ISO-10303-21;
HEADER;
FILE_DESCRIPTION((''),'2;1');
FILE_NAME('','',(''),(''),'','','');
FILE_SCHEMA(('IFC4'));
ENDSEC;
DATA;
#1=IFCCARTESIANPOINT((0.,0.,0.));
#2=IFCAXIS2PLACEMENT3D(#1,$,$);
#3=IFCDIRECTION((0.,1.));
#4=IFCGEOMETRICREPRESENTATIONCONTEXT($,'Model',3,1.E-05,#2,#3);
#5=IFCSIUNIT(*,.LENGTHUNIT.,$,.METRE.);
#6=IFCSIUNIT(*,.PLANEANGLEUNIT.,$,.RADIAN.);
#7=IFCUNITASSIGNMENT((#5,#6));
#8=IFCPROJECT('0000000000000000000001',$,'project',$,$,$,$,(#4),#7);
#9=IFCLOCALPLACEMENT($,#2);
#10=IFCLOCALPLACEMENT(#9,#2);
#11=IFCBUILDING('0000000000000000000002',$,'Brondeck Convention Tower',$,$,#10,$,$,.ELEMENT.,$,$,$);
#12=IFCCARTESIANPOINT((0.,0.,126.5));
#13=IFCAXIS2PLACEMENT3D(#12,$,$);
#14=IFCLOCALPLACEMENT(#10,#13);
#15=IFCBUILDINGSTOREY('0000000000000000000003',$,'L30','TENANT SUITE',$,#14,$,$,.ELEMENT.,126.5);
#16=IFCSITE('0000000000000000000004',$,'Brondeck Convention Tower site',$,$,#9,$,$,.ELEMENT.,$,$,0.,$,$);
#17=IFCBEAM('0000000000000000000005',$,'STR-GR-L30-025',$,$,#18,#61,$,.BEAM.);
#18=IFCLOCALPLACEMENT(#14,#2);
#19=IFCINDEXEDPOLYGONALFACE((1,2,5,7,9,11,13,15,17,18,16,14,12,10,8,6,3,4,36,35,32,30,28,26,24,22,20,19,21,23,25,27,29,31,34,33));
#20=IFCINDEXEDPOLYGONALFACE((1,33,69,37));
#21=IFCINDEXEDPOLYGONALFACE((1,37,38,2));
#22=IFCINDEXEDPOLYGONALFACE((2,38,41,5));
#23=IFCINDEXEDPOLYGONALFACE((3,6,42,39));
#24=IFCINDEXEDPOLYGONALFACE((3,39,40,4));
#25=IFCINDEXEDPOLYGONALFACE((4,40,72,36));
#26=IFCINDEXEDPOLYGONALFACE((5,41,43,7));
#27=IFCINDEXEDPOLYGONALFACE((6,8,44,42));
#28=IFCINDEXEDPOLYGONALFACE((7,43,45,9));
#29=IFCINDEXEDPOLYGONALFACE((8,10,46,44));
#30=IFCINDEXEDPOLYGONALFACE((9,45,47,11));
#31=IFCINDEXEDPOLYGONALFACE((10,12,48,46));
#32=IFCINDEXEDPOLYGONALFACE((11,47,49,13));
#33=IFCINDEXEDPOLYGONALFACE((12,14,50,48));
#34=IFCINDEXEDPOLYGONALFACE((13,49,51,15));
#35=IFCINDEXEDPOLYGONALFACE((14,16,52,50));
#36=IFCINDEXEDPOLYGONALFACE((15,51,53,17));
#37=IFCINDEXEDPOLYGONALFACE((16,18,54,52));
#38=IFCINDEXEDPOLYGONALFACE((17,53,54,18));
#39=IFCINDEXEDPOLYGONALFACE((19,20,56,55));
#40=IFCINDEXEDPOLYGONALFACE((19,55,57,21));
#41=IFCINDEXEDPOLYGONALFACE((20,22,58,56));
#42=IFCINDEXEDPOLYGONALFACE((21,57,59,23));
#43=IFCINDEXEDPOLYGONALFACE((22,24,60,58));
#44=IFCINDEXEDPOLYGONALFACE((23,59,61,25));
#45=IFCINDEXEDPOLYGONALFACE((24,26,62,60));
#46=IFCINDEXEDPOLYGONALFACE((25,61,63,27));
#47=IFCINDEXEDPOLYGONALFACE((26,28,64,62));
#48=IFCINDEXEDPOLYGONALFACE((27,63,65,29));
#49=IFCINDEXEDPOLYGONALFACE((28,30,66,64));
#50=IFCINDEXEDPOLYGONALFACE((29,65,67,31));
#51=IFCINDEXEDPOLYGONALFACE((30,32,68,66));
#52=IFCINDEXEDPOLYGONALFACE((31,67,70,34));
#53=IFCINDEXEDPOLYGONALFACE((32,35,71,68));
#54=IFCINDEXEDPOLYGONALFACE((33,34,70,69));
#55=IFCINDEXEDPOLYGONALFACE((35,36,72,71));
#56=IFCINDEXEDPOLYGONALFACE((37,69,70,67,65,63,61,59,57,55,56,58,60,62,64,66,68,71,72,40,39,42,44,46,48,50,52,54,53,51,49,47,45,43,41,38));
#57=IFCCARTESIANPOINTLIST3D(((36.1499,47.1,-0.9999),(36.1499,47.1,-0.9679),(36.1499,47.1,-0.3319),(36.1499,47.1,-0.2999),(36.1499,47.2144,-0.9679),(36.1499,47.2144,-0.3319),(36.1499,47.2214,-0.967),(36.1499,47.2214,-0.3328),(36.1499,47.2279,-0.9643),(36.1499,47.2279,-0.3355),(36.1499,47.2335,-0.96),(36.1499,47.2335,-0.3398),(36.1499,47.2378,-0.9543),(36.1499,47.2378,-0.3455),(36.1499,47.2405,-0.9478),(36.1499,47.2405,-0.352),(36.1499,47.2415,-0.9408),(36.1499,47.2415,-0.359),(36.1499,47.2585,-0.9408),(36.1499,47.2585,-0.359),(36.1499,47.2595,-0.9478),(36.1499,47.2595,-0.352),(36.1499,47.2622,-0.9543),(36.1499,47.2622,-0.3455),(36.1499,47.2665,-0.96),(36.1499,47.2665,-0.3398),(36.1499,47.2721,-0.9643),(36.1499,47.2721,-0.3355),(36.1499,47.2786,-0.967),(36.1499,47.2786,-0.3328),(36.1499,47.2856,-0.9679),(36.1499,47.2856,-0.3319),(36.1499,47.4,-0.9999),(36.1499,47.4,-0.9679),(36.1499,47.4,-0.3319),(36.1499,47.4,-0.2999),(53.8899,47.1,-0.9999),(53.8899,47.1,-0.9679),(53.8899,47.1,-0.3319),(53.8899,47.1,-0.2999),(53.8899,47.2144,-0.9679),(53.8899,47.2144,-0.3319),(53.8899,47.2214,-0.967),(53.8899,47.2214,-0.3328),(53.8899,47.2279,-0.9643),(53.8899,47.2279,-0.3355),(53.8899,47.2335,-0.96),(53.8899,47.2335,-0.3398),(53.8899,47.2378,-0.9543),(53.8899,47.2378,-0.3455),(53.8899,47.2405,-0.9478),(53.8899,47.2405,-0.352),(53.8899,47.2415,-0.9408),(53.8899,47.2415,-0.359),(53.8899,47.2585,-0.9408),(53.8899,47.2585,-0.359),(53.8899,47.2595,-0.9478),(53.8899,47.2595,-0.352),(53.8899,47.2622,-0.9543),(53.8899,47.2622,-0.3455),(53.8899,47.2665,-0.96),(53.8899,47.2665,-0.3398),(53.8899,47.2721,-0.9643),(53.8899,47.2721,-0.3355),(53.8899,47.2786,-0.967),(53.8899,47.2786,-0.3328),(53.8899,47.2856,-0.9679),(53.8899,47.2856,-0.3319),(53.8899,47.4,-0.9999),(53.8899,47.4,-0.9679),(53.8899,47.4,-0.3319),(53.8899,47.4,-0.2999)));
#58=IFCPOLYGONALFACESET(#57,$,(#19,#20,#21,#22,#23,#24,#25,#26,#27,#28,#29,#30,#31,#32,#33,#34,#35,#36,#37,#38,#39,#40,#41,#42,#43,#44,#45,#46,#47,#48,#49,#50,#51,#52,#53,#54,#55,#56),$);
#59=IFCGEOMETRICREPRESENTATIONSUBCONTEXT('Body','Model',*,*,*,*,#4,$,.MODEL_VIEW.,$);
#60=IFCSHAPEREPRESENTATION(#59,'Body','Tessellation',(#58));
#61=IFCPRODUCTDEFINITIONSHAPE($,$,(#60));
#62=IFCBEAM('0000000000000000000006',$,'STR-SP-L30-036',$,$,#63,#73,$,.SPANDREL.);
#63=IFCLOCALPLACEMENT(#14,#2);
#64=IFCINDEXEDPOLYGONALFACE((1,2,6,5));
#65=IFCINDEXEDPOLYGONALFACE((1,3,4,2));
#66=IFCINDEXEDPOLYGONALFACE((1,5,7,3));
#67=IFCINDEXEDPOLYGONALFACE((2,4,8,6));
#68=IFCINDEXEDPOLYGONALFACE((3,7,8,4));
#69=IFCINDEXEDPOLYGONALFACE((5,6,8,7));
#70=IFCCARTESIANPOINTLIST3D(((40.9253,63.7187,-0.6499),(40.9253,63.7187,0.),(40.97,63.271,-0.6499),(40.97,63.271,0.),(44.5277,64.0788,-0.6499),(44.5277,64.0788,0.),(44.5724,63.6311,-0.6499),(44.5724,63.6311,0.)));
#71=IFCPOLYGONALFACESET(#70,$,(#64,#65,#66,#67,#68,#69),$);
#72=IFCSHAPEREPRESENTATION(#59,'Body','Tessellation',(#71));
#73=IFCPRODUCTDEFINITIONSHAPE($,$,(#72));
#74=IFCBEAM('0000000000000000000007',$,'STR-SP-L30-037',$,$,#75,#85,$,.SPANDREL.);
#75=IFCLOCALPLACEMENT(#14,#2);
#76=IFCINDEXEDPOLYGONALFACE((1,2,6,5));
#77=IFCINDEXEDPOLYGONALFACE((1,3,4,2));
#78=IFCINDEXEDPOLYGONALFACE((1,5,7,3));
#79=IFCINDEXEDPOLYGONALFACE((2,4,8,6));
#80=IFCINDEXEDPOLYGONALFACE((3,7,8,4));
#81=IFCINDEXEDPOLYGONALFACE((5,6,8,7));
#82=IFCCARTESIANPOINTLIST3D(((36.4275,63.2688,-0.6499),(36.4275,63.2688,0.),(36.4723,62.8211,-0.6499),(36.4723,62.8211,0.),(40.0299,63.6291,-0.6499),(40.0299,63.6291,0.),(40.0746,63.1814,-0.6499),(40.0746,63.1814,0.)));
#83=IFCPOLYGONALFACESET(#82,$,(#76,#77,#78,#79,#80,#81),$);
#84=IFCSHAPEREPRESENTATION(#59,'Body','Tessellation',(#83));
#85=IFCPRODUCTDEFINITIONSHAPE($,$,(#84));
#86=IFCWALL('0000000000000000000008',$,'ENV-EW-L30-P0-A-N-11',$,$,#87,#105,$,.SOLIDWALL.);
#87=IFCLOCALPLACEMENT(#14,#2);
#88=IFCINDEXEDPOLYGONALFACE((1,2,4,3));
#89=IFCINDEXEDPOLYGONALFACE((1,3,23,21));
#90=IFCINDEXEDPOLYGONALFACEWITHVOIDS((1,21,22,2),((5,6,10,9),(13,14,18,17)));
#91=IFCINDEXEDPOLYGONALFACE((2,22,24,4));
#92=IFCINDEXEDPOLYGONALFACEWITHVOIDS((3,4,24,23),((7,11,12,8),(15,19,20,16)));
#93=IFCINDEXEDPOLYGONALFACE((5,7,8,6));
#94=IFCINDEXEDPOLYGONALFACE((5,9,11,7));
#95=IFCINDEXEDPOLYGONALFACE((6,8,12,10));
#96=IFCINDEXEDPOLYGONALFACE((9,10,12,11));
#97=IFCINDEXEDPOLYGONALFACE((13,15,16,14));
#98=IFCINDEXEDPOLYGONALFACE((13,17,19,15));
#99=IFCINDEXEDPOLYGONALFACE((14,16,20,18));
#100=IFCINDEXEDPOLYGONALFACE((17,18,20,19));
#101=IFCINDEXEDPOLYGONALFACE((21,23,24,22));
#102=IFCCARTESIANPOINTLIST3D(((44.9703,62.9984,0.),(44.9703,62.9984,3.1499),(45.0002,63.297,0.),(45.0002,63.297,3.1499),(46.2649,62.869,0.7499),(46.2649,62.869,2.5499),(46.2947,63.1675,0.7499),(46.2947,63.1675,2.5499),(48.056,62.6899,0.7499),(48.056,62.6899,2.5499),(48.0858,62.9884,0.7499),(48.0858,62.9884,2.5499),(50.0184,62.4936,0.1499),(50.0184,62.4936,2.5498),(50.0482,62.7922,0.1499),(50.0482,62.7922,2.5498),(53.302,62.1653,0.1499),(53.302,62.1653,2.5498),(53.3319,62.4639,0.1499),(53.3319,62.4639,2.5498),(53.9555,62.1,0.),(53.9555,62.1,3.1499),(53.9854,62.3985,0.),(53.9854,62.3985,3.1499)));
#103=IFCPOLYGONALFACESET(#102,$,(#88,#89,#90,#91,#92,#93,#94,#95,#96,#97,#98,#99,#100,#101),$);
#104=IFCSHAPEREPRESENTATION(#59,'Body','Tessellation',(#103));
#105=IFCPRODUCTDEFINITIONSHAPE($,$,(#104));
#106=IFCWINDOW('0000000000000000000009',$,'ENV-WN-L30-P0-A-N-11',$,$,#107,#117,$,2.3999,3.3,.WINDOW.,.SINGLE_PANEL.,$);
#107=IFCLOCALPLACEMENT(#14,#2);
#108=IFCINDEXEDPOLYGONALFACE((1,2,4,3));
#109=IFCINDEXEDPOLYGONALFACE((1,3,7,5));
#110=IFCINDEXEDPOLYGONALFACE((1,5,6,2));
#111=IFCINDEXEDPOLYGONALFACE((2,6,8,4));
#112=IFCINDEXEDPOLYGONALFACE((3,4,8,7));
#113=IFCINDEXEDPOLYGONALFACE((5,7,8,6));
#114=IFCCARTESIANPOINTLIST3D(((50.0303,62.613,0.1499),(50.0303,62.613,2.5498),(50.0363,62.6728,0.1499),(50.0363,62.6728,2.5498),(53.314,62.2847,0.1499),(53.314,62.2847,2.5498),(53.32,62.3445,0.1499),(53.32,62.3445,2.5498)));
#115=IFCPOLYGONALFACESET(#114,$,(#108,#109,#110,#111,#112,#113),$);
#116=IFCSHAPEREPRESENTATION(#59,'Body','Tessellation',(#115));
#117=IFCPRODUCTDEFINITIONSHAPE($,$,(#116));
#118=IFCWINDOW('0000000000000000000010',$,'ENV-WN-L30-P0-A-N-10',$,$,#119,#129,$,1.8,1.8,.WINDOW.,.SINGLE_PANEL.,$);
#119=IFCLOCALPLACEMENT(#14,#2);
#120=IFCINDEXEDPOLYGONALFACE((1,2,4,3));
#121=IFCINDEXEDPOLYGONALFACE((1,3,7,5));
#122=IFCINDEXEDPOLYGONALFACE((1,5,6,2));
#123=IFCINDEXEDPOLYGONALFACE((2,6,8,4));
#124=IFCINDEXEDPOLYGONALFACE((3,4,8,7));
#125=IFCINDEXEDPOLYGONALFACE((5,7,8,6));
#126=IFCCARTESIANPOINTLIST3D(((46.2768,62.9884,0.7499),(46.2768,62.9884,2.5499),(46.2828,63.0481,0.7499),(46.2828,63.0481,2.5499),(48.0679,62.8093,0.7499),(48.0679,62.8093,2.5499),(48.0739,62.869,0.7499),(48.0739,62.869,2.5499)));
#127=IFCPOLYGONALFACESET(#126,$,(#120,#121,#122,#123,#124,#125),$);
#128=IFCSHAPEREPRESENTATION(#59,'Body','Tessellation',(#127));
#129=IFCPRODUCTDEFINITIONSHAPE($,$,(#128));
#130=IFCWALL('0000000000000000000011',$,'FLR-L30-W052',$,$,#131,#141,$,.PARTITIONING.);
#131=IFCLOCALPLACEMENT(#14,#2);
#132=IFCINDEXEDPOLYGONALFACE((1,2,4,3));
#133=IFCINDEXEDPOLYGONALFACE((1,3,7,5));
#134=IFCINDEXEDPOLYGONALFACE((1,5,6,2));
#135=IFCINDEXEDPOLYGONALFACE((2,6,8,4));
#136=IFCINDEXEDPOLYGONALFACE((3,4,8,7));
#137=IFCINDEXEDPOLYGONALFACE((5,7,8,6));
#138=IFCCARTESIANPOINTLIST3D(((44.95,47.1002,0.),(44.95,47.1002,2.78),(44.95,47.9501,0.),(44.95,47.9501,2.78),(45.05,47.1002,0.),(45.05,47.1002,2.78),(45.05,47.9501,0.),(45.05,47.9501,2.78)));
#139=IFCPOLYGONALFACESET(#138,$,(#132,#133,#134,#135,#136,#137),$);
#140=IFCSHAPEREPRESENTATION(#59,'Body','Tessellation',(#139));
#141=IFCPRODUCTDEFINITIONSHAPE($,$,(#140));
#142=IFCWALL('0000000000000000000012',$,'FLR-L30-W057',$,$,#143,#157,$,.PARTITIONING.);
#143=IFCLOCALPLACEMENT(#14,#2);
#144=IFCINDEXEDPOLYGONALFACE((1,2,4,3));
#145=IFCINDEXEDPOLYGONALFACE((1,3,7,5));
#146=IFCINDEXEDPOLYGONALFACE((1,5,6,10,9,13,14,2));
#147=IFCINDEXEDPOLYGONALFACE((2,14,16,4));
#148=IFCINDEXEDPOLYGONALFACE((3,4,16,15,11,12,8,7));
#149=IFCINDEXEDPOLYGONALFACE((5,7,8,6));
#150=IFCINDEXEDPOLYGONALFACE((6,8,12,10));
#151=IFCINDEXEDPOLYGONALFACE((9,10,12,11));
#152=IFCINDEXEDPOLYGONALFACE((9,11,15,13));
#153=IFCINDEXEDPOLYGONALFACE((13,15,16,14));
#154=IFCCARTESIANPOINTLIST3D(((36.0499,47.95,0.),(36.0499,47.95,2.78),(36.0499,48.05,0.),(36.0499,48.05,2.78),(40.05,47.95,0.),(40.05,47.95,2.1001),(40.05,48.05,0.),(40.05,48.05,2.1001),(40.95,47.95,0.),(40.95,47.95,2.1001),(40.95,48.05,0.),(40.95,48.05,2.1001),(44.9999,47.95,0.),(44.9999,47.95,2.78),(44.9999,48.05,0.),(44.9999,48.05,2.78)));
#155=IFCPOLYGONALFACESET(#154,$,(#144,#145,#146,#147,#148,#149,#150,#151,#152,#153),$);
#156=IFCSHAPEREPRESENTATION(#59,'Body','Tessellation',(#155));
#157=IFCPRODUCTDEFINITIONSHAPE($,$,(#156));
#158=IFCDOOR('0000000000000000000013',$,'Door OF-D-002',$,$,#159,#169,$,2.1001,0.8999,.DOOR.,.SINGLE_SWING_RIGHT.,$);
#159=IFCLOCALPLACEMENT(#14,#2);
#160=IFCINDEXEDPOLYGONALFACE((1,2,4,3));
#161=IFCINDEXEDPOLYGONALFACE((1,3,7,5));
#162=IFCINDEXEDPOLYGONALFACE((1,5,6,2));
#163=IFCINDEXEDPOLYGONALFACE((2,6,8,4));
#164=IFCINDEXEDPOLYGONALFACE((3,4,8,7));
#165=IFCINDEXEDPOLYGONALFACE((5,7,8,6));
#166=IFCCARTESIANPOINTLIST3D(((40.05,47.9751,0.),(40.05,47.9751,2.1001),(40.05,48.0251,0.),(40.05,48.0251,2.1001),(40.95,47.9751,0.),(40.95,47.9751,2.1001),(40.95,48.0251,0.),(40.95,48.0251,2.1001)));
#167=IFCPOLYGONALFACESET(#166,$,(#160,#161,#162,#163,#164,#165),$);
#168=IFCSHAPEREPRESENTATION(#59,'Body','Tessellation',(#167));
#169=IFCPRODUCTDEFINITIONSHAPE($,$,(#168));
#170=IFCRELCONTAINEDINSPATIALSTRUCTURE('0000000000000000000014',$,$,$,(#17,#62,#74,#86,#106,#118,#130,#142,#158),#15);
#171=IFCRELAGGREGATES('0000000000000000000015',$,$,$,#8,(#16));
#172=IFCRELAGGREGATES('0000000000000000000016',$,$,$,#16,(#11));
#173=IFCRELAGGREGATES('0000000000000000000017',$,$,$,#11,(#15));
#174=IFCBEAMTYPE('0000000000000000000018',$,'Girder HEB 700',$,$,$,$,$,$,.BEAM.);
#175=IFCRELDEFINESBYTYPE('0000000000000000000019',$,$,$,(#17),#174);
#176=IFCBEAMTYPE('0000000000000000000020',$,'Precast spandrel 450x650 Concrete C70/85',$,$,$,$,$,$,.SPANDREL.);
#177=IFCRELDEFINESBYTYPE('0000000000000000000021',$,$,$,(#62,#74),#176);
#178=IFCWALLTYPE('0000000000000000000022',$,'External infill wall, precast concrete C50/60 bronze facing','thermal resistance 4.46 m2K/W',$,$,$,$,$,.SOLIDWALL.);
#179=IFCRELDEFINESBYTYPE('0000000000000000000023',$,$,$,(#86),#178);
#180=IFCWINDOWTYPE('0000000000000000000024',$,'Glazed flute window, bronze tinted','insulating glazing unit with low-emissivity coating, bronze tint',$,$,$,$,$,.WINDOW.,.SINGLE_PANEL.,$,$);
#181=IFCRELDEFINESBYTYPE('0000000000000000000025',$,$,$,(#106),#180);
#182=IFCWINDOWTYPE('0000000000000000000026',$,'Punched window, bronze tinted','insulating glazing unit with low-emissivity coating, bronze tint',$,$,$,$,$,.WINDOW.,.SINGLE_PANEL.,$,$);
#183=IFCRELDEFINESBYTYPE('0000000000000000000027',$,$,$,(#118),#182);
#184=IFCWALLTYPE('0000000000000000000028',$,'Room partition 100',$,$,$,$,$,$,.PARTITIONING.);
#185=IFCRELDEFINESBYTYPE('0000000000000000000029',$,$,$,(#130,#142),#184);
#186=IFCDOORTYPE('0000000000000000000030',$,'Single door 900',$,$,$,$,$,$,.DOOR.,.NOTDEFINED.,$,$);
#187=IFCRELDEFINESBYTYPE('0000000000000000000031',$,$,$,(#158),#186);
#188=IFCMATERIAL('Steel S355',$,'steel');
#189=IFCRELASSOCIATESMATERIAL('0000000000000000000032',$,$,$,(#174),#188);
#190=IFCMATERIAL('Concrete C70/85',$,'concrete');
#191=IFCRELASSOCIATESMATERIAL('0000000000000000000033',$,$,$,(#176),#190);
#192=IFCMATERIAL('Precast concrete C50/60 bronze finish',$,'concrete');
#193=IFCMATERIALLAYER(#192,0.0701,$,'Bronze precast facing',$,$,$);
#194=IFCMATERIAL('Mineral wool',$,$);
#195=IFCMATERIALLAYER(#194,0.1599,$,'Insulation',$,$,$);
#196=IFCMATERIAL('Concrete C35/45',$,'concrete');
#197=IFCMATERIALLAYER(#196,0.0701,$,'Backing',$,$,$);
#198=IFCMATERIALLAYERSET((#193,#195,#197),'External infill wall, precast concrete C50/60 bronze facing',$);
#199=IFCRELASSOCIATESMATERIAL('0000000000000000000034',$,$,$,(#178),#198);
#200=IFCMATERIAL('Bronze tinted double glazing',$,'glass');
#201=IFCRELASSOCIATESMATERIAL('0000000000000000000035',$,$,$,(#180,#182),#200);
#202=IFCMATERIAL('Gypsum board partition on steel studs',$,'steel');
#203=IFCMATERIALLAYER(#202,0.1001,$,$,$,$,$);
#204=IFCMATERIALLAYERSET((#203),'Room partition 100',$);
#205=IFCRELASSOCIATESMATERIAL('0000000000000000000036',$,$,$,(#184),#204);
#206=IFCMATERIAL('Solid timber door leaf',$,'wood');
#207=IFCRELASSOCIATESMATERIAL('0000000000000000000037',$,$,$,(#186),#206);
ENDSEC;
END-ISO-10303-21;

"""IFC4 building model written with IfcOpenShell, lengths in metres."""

from ifc_helpers import new_model, si_unit, direction, frame, frame_2d, origin, origin_2d, place, context, subcontext, project, spatial, rectangle, i_section, extrude, material, layer, layer_set, material_profile, profile_set, type_object, element, fill, save


model = new_model("IFC4")

# Units and contexts
model_context = context("Model", 3, precision=1e-05, world=origin(), true_north=direction((0.0, 1.0)))
body_context = subcontext(model_context, "Body", "Model", "MODEL_VIEW")
ifc_project = project(units=[si_unit("LENGTHUNIT", "METRE"), si_unit("PLANEANGLEUNIT", "RADIAN")], contexts=[model_context])

# Site, building, storey
site_placement = place(None, origin())
site = spatial("IfcSite", under=ifc_project, at=site_placement, Name="Brondeck Convention Tower site", CompositionType="ELEMENT", RefElevation=0.0)
building_placement = place(site_placement, origin())
building = spatial("IfcBuilding", under=site, at=building_placement, Name="Brondeck Convention Tower", CompositionType="ELEMENT")
storey_placement = place(building_placement, frame((0.0, 0.0, 126.5)))
storey = spatial("IfcBuildingStorey", under=building, at=storey_placement, Name="L30", Description="TENANT SUITE", CompositionType="ELEMENT", Elevation=126.5)

# Shared definitions
ifc_material_1 = material(Name="Concrete C70/85", Category="concrete")

# Beams
ifc_material_2 = material(Name="Steel S355", Category="steel")
ifc_material_profile_1 = material_profile(ifc_material_2, i_section(OverallWidth=0.3, OverallDepth=0.7, WebThickness=0.0171, FlangeThickness=0.032, FilletRadius=0.0271, at=origin_2d()), Name="HEB 700")
ifc_profile_set_1 = profile_set([ifc_material_profile_1], Name="Steel S355")
beam_type_1 = type_object("IfcBeamType", Name="Girder HEB 700", PredefinedType="BEAM", material=ifc_profile_set_1)
beam_1_placement = place(storey_placement, frame((36.1499, 47.25, -0.6499), z_axis=(1.0, 0.0, 0.0), x_axis=(0.0, 1.0, 0.0)))
element("IfcBeam", 1, at=beam_1_placement, inside=storey, type_object=beam_type_1, Name="STR-GR-L30-025", PredefinedType="BEAM", context=body_context, shape_type="SweptSolid", body=[
    extrude(i_section(OverallWidth=0.3, OverallDepth=0.7, WebThickness=0.0171, FlangeThickness=0.032, FilletRadius=0.0271, at=origin_2d()), origin(), (0.0, 0.0, 1.0), 17.74),
])
ifc_material_profile_2 = material_profile(ifc_material_1, rectangle(XDim=0.45, YDim=0.6499, at=origin_2d()), Name="Precast spandrel 450x650 Concrete C70/85")
ifc_profile_set_2 = profile_set([ifc_material_profile_2], Name="Concrete C70/85")
beam_type_2 = type_object("IfcBeamType", Name="Precast spandrel 450x650 Concrete C70/85", PredefinedType="SPANDREL", material=ifc_profile_set_2)
for number, where, z_axis, x_axis, name in (
    (2, (44.55, 63.855, -0.325), (-0.995041, -0.09947, 0.0), (0.09947, -0.995041, 0.0), "STR-SP-L30-036"),
    (3, (40.0522, 63.4053, -0.325), (-0.995034, -0.099537, 0.0), (0.099537, -0.995034, 0.0), "STR-SP-L30-037"),
):
    element("IfcBeam", number, at=place(storey_placement, frame(where, z_axis=z_axis, x_axis=x_axis)), inside=storey, type_object=beam_type_2, Name=name, PredefinedType="SPANDREL", context=body_context, shape_type="SweptSolid", body=[
        extrude(rectangle(XDim=0.45, YDim=0.6499, at=origin_2d()), origin(), (0.0, 0.0, 1.0), 3.6204),
    ])

# Wall, openings, windows
ifc_material_3 = material(Name="Precast concrete C50/60 bronze finish", Category="concrete")
ifc_layer_1 = layer(ifc_material_3, 0.0701, Name="Bronze precast facing")
ifc_material_4 = material(Name="Mineral wool")
ifc_layer_2 = layer(ifc_material_4, 0.1599, Name="Insulation")
ifc_material_5 = material(Name="Concrete C35/45", Category="concrete")
ifc_layer_3 = layer(ifc_material_5, 0.0701, Name="Backing")
ifc_layer_set_1 = layer_set([ifc_layer_1, ifc_layer_2, ifc_layer_3], Name="External infill wall, precast concrete C50/60 bronze facing")
wall_type_1 = type_object("IfcWallType", Name="External infill wall, precast concrete C50/60 bronze facing", Description="thermal resistance 4.46 m2K/W", PredefinedType="SOLIDWALL", material=ifc_layer_set_1)
wall_1_placement = place(storey_placement, frame((44.9851, 63.1477, 0.0), z_axis=(0.0, 0.0, 1.0), x_axis=(0.995038, -0.099496, 0.0)))
wall_1 = element("IfcWall", 4, at=wall_1_placement, inside=storey, type_object=wall_type_1, Name="ENV-EW-L30-P0-A-N-11", PredefinedType="SOLIDWALL", context=body_context, shape_type="SweptSolid", body=[
    extrude(rectangle(XDim=9.03, YDim=0.3, at=frame_2d((4.5151, 0.0))), origin(), (0.0, 0.0, 1.0), 3.1499),
])
opening_1_placement = place(wall_1_placement, frame((1.3013, 0.0, 0.75)))
opening_1 = element("IfcOpeningElement", 5, at=opening_1_placement, cuts=wall_1, PredefinedType="OPENING", context=body_context, shape_type="SweptSolid", body=[
    extrude(rectangle(XDim=1.8, YDim=1.8, at=frame_2d((0.8999, 0.8999))), frame((0.0, 0.1599, 0.0), z_axis=(0.0, -1.0, 0.0), x_axis=(1.0, 0.0, 0.0)), (0.0, 0.0, 1.0), 0.3201),
])
opening_2_placement = place(wall_1_placement, frame((5.0735, 0.0, 0.1499)))
opening_2 = element("IfcOpeningElement", 6, at=opening_2_placement, cuts=wall_1, PredefinedType="OPENING", context=body_context, shape_type="SweptSolid", body=[
    extrude(rectangle(XDim=3.3, YDim=2.3999, at=frame_2d((1.6499, 1.2))), frame((0.0, 0.1599, 0.0), z_axis=(0.0, -1.0, 0.0), x_axis=(1.0, 0.0, 0.0)), (0.0, 0.0, 1.0), 0.3201),
])
ifc_material_6 = material(Name="Bronze tinted double glazing", Category="glass")
window_type_1 = type_object("IfcWindowType", Name="Glazed flute window, bronze tinted", Description="insulating glazing unit with low-emissivity coating, bronze tint", PartitioningType="SINGLE_PANEL", PredefinedType="WINDOW", material=ifc_material_6)
window_1_placement = place(opening_2_placement, origin())
window_1 = element("IfcWindow", 7, at=window_1_placement, inside=storey, type_object=window_type_1, Name="ENV-WN-L30-P0-A-N-11", OverallHeight=2.3999, OverallWidth=3.3, PartitioningType="SINGLE_PANEL", PredefinedType="WINDOW", context=body_context, shape_type="SweptSolid", body=[
    extrude(rectangle(XDim=3.3, YDim=2.3999, at=frame_2d((1.6499, 1.2))), frame((0.0, 0.03, 0.0), z_axis=(0.0, -1.0, 0.0), x_axis=(1.0, 0.0, 0.0)), (0.0, 0.0, 1.0), 0.0601),
])
fill(opening_2, window_1)
window_type_2 = type_object("IfcWindowType", Name="Punched window, bronze tinted", Description="insulating glazing unit with low-emissivity coating, bronze tint", PartitioningType="SINGLE_PANEL", PredefinedType="WINDOW", material=ifc_material_6)
window_2_placement = place(opening_1_placement, origin())
window_2 = element("IfcWindow", 8, at=window_2_placement, inside=storey, type_object=window_type_2, Name="ENV-WN-L30-P0-A-N-10", OverallHeight=1.8, OverallWidth=1.8, PartitioningType="SINGLE_PANEL", PredefinedType="WINDOW", context=body_context, shape_type="SweptSolid", body=[
    extrude(rectangle(XDim=1.8, YDim=1.8, at=frame_2d((0.8999, 0.8999))), frame((0.0, 0.03, 0.0), z_axis=(0.0, -1.0, 0.0), x_axis=(1.0, 0.0, 0.0)), (0.0, 0.0, 1.0), 0.0601),
])
fill(opening_1, window_2)

# Wall
ifc_material_7 = material(Name="Gypsum board partition on steel studs", Category="steel")
ifc_layer_4 = layer(ifc_material_7, 0.1001)
ifc_layer_set_2 = layer_set([ifc_layer_4], Name="Room partition 100")
wall_type_2 = type_object("IfcWallType", Name="Room partition 100", PredefinedType="PARTITIONING", material=ifc_layer_set_2)
wall_2_placement = place(storey_placement, frame((45.0, 47.95, 0.0), z_axis=(0.0, 0.0, 1.0), x_axis=(0.0, -1.0, 0.0)))
element("IfcWall", 9, at=wall_2_placement, inside=storey, type_object=wall_type_2, Name="FLR-L30-W052", PredefinedType="PARTITIONING", context=body_context, shape_type="SweptSolid", body=[
    extrude(rectangle(XDim=0.8499, YDim=0.1001, at=frame_2d((0.4248, 0.0))), origin(), (0.0, 0.0, 1.0), 2.78),
])

# Wall, opening, door
wall_3_placement = place(storey_placement, frame((45.0, 48.0, 0.0), z_axis=(0.0, 0.0, 1.0), x_axis=(-1.0, 0.0, 0.0)))
wall_3 = element("IfcWall", 10, at=wall_3_placement, inside=storey, type_object=wall_type_2, Name="FLR-L30-W057", PredefinedType="PARTITIONING", context=body_context, shape_type="SweptSolid", body=[
    extrude(rectangle(XDim=8.95, YDim=0.1001, at=frame_2d((4.4751, 0.0))), origin(), (0.0, 0.0, 1.0), 2.78),
])
opening_3_placement = place(wall_3_placement, frame((4.05, 0.0, 0.0)))
opening_3 = element("IfcOpeningElement", 11, at=opening_3_placement, cuts=wall_3, PredefinedType="OPENING", context=body_context, shape_type="SweptSolid", body=[
    extrude(rectangle(XDim=0.8999, YDim=2.1001, at=frame_2d((0.45, 1.05))), frame((0.0, 0.0601, 0.0), z_axis=(0.0, -1.0, 0.0), x_axis=(1.0, 0.0, 0.0)), (0.0, 0.0, 1.0), 0.1201),
])
ifc_material_8 = material(Name="Solid timber door leaf", Category="wood")
door_type = type_object("IfcDoorType", Name="Single door 900", OperationType="NOTDEFINED", PredefinedType="DOOR", material=ifc_material_8)
door_1_placement = place(opening_3_placement, origin())
door_1 = element("IfcDoor", 12, at=door_1_placement, inside=storey, type_object=door_type, Name="Door OF-D-002", OperationType="SINGLE_SWING_RIGHT", OverallHeight=2.1001, OverallWidth=0.8999, PredefinedType="DOOR", context=body_context, shape_type="SweptSolid", body=[
    extrude(rectangle(XDim=0.8999, YDim=2.1001, at=frame_2d((0.45, 1.05))), frame((0.0, 0.0249, 0.0), z_axis=(0.0, -1.0, 0.0), x_axis=(1.0, 0.0, 0.0)), (0.0, 0.0, 1.0), 0.05),
])
fill(opening_3, door_1)

save(model, "model.ifc")
